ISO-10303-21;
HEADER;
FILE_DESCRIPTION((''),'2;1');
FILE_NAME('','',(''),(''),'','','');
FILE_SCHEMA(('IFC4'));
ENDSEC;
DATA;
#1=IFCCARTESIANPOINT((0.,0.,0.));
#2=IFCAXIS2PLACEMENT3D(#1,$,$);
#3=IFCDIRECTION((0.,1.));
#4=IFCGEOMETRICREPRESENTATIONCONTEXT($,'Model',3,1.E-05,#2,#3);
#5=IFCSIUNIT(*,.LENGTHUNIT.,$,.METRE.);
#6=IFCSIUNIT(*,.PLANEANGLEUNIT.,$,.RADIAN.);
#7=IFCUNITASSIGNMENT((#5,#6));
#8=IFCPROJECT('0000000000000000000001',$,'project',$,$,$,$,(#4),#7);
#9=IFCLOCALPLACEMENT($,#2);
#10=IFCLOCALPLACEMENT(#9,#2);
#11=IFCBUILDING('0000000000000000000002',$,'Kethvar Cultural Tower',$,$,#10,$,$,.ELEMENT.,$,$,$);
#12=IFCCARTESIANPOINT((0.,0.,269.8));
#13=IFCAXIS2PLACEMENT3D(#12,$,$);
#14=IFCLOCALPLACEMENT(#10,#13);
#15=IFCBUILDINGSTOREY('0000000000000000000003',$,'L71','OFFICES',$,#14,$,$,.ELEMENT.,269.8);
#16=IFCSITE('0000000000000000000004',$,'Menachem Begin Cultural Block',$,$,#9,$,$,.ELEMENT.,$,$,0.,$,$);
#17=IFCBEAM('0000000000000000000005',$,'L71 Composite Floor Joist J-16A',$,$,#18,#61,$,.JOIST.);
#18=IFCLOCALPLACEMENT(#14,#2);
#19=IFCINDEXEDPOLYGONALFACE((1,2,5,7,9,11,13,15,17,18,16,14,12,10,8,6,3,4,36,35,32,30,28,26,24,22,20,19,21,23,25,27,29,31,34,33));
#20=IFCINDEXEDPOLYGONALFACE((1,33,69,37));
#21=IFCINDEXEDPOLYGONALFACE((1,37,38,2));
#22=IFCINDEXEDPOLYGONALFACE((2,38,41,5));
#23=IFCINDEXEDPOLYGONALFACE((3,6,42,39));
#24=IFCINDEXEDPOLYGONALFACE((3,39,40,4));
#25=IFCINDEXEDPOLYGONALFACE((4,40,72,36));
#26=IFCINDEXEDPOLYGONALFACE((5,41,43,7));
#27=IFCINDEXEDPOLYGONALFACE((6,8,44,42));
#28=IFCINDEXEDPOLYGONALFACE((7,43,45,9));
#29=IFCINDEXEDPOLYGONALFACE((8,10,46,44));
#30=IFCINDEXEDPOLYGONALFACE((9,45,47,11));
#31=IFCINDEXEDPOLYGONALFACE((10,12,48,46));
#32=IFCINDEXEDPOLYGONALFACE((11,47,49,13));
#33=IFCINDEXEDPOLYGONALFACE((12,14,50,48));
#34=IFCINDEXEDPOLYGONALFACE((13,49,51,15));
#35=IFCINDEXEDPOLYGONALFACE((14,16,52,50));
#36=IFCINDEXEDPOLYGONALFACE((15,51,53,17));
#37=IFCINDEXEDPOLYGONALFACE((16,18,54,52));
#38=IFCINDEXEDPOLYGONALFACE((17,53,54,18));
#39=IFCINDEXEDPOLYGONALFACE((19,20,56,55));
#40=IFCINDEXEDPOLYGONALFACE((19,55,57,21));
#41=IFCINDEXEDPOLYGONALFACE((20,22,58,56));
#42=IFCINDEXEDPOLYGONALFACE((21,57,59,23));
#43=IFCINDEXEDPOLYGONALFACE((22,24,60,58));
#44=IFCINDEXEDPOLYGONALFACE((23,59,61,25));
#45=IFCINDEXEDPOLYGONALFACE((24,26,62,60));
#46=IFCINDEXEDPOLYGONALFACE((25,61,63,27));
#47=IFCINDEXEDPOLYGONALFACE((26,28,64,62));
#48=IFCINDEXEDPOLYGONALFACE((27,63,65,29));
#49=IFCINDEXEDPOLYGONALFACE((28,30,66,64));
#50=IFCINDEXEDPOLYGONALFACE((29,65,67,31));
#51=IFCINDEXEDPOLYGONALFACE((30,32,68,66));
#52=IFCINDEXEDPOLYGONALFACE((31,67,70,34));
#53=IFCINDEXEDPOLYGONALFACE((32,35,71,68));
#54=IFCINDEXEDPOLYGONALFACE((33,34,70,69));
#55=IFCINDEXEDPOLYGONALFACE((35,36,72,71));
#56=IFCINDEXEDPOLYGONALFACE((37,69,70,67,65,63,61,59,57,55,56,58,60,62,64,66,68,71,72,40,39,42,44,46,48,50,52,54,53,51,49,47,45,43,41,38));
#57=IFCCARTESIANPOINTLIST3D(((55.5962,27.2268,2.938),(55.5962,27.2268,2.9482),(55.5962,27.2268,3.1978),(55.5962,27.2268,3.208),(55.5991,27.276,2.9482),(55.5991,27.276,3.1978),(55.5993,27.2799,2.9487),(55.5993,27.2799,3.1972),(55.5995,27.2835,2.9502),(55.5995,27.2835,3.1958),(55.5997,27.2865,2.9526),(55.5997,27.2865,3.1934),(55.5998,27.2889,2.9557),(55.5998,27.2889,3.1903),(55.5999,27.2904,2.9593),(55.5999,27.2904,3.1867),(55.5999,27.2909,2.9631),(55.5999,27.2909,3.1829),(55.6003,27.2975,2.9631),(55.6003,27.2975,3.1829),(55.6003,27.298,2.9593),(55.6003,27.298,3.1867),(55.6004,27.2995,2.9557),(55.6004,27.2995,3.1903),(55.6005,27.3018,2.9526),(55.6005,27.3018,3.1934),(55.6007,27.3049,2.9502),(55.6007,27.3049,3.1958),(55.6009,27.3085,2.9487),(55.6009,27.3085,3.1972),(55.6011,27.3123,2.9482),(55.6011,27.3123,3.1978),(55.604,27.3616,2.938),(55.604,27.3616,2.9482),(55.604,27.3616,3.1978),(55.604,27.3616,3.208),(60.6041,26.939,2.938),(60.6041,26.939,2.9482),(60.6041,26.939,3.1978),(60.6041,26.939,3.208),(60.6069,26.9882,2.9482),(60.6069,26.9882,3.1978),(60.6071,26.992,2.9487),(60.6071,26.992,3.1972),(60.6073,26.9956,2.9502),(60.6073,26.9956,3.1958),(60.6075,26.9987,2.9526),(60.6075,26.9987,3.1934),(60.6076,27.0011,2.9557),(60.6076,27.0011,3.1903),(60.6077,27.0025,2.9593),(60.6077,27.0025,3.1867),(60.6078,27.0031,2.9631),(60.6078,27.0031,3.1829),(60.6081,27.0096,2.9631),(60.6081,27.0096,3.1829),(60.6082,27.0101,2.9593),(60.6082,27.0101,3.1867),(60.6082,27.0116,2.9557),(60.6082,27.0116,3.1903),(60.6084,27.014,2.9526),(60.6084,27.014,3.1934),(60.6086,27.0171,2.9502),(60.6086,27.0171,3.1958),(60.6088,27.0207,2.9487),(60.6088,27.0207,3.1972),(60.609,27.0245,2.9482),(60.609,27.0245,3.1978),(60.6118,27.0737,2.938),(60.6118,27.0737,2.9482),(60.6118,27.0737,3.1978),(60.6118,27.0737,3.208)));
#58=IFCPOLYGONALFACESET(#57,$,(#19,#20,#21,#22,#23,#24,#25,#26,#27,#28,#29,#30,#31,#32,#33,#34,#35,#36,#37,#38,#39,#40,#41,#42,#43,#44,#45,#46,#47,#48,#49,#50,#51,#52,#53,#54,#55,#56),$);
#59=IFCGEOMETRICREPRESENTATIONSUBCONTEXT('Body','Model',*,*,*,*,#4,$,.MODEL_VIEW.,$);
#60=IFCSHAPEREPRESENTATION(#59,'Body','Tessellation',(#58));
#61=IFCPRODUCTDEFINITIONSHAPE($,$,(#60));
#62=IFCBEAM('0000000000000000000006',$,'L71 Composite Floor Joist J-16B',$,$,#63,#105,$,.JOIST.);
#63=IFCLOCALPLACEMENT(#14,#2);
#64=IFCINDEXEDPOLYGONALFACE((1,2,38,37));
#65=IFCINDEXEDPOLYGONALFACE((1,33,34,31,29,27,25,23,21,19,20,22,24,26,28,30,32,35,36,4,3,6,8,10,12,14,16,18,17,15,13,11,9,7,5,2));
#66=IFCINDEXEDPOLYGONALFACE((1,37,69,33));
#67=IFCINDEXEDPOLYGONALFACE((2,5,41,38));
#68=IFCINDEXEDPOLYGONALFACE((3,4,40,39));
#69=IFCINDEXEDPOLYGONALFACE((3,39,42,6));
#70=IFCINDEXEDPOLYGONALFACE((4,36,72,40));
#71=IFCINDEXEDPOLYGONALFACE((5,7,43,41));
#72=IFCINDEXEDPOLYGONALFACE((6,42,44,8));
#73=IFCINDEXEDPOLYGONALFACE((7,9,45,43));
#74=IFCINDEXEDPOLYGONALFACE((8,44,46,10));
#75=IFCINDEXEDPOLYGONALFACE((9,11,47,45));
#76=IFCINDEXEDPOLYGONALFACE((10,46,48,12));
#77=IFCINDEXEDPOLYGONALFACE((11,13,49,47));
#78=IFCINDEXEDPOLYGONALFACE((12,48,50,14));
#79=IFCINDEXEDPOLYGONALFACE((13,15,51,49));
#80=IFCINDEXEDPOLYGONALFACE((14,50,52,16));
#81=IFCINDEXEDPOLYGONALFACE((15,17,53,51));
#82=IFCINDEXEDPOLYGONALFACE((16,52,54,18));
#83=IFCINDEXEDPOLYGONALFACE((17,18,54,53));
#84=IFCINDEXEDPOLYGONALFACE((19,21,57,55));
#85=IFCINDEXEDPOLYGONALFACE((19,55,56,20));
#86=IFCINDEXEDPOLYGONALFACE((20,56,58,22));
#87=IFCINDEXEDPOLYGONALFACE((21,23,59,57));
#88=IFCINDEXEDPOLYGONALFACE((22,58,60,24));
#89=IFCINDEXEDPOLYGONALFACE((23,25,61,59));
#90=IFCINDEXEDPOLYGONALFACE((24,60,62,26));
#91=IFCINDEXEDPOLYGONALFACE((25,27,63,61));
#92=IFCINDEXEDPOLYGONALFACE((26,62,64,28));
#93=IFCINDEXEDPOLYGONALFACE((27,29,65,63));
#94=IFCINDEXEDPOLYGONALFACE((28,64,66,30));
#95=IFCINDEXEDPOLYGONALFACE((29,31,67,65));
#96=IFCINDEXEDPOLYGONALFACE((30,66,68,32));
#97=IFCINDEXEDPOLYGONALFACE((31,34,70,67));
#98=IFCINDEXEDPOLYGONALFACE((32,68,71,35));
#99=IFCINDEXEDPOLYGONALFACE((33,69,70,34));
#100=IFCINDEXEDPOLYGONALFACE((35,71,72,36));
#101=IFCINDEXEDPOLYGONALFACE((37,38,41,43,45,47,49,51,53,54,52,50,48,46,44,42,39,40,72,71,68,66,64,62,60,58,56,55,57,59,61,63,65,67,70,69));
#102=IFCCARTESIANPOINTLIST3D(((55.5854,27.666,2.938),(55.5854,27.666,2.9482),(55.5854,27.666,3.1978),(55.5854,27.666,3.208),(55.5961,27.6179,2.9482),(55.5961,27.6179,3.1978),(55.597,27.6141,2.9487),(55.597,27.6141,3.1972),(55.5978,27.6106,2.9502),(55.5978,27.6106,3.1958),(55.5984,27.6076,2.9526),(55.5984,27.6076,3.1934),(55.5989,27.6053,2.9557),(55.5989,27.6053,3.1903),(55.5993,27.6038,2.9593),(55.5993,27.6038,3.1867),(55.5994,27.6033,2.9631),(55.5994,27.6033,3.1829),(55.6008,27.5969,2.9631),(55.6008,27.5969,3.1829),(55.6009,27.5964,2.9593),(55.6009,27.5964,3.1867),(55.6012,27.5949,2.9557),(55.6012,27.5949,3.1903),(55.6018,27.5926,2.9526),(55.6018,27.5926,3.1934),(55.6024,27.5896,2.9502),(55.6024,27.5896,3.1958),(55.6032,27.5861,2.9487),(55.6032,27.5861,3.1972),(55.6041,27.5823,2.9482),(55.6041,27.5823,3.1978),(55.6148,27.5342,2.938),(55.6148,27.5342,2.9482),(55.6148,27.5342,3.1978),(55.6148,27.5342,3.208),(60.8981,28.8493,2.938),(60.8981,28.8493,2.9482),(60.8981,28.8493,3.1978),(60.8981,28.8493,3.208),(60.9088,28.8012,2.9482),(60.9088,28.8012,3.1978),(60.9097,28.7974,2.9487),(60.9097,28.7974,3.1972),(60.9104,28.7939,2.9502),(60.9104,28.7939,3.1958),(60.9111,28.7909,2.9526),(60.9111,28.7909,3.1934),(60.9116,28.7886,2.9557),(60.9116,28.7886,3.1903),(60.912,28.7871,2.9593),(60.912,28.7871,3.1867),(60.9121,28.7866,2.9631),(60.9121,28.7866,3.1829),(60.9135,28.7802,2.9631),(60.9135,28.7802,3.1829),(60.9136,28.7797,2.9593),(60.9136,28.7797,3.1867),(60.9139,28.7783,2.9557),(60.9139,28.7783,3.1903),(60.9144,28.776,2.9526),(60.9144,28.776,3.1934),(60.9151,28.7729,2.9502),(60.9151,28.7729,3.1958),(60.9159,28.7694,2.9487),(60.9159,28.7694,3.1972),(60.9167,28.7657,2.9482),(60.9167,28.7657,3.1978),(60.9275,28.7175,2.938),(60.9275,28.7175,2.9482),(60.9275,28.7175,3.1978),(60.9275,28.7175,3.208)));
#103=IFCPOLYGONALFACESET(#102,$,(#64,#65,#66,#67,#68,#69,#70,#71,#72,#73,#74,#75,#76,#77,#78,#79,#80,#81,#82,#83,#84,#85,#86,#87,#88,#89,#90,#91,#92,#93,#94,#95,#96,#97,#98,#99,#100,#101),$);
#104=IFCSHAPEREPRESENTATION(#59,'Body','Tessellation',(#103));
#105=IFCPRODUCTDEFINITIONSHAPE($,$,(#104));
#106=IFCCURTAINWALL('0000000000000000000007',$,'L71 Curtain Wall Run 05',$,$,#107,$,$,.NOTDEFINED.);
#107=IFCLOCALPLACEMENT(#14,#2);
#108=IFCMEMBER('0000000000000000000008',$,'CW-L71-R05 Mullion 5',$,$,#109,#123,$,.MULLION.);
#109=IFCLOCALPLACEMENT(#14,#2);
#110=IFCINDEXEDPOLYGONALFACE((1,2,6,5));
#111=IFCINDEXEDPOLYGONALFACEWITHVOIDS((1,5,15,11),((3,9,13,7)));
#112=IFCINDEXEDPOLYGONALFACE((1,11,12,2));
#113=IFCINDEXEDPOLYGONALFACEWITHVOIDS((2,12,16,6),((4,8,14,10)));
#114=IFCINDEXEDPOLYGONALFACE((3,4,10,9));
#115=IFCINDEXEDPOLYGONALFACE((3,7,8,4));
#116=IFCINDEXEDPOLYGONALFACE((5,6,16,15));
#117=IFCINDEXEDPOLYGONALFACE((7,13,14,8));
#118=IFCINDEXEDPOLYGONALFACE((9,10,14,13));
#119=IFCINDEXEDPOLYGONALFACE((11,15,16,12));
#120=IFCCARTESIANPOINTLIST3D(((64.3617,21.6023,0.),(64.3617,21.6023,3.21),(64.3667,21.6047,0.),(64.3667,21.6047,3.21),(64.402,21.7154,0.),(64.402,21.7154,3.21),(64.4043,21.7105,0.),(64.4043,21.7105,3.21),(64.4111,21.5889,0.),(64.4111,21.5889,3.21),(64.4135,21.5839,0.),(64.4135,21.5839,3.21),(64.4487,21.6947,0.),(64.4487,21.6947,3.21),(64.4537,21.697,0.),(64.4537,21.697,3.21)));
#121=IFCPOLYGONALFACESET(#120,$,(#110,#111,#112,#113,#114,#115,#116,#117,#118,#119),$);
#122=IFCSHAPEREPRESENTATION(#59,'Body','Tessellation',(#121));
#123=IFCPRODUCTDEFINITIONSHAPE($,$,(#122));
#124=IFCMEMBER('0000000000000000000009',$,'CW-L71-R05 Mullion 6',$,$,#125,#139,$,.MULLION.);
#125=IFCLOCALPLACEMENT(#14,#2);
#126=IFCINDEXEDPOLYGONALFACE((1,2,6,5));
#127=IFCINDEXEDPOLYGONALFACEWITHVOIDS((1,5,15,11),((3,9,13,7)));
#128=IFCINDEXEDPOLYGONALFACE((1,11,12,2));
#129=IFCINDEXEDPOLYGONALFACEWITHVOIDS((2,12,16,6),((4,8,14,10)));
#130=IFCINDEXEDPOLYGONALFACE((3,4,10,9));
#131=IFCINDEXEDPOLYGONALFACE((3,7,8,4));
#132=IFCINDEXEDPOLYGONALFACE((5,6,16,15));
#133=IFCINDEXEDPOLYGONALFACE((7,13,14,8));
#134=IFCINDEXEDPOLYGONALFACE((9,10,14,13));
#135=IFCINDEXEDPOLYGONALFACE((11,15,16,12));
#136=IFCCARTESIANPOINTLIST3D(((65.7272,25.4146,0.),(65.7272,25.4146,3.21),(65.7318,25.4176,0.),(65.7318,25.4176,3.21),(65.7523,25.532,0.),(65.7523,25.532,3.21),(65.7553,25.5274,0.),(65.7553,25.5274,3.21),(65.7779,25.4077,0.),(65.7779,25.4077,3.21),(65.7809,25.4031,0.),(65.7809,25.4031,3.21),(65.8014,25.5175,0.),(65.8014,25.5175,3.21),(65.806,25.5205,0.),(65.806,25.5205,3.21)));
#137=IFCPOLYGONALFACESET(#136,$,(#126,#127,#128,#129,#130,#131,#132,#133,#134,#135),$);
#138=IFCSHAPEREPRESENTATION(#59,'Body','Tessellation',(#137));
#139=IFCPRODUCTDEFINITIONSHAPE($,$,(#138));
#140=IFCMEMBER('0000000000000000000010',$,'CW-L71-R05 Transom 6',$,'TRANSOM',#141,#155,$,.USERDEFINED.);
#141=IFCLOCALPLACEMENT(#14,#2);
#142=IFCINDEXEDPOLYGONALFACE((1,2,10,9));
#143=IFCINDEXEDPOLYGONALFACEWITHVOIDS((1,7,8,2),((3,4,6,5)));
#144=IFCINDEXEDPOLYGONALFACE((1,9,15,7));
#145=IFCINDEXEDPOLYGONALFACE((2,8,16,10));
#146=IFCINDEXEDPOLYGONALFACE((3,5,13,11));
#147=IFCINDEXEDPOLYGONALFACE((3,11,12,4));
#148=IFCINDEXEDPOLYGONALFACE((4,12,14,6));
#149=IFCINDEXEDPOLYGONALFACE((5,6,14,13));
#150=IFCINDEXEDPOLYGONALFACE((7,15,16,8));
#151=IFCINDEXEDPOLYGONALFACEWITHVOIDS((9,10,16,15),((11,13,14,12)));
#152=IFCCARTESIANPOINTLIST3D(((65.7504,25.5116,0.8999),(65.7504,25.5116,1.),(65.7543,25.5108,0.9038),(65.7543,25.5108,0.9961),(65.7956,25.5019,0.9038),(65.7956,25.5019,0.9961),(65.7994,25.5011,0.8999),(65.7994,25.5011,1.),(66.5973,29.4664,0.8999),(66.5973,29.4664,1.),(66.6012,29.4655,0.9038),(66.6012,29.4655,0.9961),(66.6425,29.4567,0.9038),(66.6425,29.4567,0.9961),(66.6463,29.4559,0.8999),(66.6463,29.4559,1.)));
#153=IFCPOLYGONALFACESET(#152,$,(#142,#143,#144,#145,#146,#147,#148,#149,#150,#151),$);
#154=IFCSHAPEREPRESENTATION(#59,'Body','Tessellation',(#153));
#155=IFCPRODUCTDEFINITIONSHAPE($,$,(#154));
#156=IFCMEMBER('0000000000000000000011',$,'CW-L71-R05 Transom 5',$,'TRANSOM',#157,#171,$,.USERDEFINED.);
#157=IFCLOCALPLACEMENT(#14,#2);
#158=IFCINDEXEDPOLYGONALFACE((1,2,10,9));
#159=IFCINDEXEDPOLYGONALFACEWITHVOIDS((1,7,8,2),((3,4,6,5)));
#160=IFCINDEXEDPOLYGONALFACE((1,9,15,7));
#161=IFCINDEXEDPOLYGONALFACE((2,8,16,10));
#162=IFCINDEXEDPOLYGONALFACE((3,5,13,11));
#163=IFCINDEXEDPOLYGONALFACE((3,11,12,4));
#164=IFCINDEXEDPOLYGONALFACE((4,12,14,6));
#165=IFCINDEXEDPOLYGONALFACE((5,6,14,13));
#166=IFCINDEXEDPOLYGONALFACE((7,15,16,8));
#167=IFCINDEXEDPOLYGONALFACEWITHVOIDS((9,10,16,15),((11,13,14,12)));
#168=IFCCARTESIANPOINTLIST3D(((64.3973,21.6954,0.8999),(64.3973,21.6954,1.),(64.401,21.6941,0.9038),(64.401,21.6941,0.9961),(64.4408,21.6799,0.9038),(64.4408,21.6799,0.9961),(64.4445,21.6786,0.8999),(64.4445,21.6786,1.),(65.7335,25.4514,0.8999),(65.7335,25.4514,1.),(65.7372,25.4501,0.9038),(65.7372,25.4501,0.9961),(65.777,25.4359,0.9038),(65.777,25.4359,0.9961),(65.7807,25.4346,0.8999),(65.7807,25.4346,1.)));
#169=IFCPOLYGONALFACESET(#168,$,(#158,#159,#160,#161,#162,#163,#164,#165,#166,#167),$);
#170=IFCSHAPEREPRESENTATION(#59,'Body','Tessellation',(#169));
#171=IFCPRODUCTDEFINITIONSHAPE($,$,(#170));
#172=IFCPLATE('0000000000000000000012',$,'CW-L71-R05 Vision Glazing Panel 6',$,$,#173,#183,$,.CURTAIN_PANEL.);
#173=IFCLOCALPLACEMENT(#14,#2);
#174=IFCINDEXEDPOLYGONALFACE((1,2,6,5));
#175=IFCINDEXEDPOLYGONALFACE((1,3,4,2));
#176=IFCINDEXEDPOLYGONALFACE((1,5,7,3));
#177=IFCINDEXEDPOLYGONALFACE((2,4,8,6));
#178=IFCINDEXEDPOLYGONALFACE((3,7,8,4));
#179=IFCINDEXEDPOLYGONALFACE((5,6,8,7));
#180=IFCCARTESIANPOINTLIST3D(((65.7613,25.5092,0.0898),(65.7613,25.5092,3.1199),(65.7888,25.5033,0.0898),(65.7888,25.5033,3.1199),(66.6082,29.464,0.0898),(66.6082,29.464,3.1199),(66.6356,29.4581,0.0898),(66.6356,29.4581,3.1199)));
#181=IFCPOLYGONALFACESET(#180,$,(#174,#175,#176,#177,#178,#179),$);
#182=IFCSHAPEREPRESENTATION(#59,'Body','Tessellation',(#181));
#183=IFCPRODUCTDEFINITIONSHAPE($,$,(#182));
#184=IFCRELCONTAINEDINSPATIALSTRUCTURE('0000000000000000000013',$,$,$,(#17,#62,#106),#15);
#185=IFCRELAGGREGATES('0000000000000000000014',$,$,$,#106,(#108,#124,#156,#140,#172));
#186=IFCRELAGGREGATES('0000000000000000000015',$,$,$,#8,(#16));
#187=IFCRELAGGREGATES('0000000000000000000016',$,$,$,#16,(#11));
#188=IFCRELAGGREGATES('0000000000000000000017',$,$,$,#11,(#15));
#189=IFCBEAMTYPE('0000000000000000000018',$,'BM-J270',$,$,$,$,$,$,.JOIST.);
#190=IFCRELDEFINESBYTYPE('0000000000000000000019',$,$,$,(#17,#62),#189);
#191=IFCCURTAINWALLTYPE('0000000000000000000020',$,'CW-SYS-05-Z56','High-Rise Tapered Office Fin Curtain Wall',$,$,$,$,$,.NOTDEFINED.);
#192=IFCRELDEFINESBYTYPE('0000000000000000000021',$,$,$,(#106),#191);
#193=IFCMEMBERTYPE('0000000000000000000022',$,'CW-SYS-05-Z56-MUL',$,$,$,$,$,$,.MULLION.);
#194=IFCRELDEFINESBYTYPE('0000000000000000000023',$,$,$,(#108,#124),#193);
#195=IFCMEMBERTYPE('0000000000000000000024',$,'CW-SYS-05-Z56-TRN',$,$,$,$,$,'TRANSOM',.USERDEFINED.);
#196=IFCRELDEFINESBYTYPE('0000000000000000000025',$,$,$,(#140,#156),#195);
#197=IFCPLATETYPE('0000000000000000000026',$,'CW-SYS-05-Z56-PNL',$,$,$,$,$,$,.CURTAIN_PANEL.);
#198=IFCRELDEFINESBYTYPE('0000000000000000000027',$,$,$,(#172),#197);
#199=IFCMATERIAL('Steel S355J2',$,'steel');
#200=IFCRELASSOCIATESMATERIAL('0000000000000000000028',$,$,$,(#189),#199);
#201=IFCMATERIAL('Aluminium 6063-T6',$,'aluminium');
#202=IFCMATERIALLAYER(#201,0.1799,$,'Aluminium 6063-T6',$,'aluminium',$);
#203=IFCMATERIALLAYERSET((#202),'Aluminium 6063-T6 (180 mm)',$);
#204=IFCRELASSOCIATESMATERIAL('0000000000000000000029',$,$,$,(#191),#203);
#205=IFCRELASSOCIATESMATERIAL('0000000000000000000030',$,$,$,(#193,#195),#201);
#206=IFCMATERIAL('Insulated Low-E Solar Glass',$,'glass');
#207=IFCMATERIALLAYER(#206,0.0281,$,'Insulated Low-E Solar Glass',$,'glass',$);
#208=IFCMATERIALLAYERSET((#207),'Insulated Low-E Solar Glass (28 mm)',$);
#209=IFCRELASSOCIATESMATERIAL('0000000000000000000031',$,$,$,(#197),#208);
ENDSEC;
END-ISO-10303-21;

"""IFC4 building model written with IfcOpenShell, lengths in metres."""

from ifc_helpers import new_model, si_unit, direction, frame, origin, origin_2d, place, context, subcontext, project, spatial, rectangle, hollow_rectangle, i_section, extrude, source, transform, mapped, material, layer, layer_set, material_profile, profile_set, type_object, element, aggregate, save


model = new_model("IFC4")

# Units and contexts
model_context = context("Model", 3, precision=1e-05, world=origin(), true_north=direction((0.0, 1.0)))
body_context = subcontext(model_context, "Body", "Model", "MODEL_VIEW")
ifc_project = project(units=[si_unit("LENGTHUNIT", "METRE"), si_unit("PLANEANGLEUNIT", "RADIAN")], contexts=[model_context])

# Site, building, storey
site_placement = place(None, origin())
site = spatial("IfcSite", under=ifc_project, at=site_placement, Name="Menachem Begin Cultural Block", CompositionType="ELEMENT", RefElevation=0.0)
building_placement = place(site_placement, origin())
building = spatial("IfcBuilding", under=site, at=building_placement, Name="Kethvar Cultural Tower", CompositionType="ELEMENT")
storey_placement = place(building_placement, frame((0.0, 0.0, 269.8)))
storey = spatial("IfcBuildingStorey", under=building, at=storey_placement, Name="L71", Description="OFFICES", CompositionType="ELEMENT", Elevation=269.8)

# Shared definitions
ifc_material_1 = material(Name="Steel S355J2", Category="steel")

# Beams
ifc_material_profile_1 = material_profile(ifc_material_1, i_section(OverallWidth=0.135, OverallDepth=0.27, WebThickness=0.0066, FlangeThickness=0.0103, FilletRadius=0.0149, at=origin_2d()), Name="Steel S355J2 — IPE270")
ifc_profile_set_1 = profile_set([ifc_material_profile_1], Name="Steel S355J2 — IPE270")
beam_type_1 = type_object("IfcBeamType", Name="BM-J270", PredefinedType="JOIST", material=ifc_profile_set_1)
shared_shape_1 = source(origin(), body_context, "Body", "SweptSolid", [
    extrude(i_section(OverallWidth=0.135, OverallDepth=0.27, WebThickness=0.0066, FlangeThickness=0.0103, FilletRadius=0.0149, at=origin_2d()), origin(), (0.0, 0.0, 1.0), 5.0161),
])
beam_1_placement = place(storey_placement, frame((55.6001, 27.2942, 3.073), z_axis=(0.998352, -0.057384, 0.0), x_axis=(0.057384, 0.998352, 0.0)))
element("IfcBeam", 1, at=beam_1_placement, inside=storey, type_object=beam_type_1, Name="L71 Composite Floor Joist J-16A", PredefinedType="JOIST", context=body_context, shape_type="MappedRepresentation", body=[
    mapped(shared_shape_1, transform((0.0, 0.0, 0.0), scale=1.0)),
])
shared_shape_2 = source(origin(), body_context, "Body", "SweptSolid", [
    extrude(i_section(OverallWidth=0.135, OverallDepth=0.27, WebThickness=0.0066, FlangeThickness=0.0103, FilletRadius=0.0149, at=origin_2d()), origin(), (0.0, 0.0, 1.0), 5.4429),
])
beam_2_placement = place(storey_placement, frame((55.6001, 27.6001, 3.073), z_axis=(0.97608, 0.21741, 0.0), x_axis=(-0.21741, 0.97608, 0.0)))
element("IfcBeam", 2, at=beam_2_placement, inside=storey, type_object=beam_type_1, Name="L71 Composite Floor Joist J-16B", PredefinedType="JOIST", context=body_context, shape_type="MappedRepresentation", body=[
    mapped(shared_shape_2, transform((0.0, 0.0, 0.0), scale=1.0)),
])

# Curtain wall, members, plate
ifc_material_2 = material(Name="Aluminium 6063-T6", Category="aluminium")
ifc_layer_1 = layer(ifc_material_2, 0.1799, Name="Aluminium 6063-T6", Category="aluminium")
ifc_layer_set_1 = layer_set([ifc_layer_1], Name="Aluminium 6063-T6 (180 mm)")
curtain_wall_type = type_object("IfcCurtainWallType", Name="CW-SYS-05-Z56", Description="High-Rise Tapered Office Fin Curtain Wall", PredefinedType="NOTDEFINED", material=ifc_layer_set_1)
curtain_wall_placement = place(storey_placement, origin())
curtain_wall = element("IfcCurtainWall", 3, at=curtain_wall_placement, inside=storey, type_object=curtain_wall_type, Name="L71 Curtain Wall Run 05", PredefinedType="NOTDEFINED")
ifc_material_profile_2 = material_profile(ifc_material_2, hollow_rectangle(XDim=0.0549, YDim=0.1201, WallThickness=0.0039, at=origin_2d()), Name="Aluminium 6063-T6 — RHS120x55x4")
ifc_profile_set_2 = profile_set([ifc_material_profile_2], Name="Aluminium 6063-T6 — RHS120x55x4")
member_type_1 = type_object("IfcMemberType", Name="CW-SYS-05-Z56-MUL", PredefinedType="MULLION", material=ifc_profile_set_2)
shared_shape_3 = source(origin(), body_context, "Body", "SweptSolid", [
    extrude(hollow_rectangle(XDim=0.0549, YDim=0.1201, WallThickness=0.0039, at=origin_2d()), origin(), (0.0, 0.0, 1.0), 3.21),
])
member_1_placement = place(storey_placement, frame((64.4077, 21.6497, 0.0), z_axis=(0.0, 0.0, 1.0), x_axis=(-0.942157, 0.335172, 0.0)))
member_1 = element("IfcMember", 4, at=member_1_placement, type_object=member_type_1, Name="CW-L71-R05 Mullion 5", PredefinedType="MULLION", context=body_context, shape_type="MappedRepresentation", body=[
    mapped(shared_shape_3, transform((0.0, 0.0, 0.0), scale=1.0)),
])
member_2_placement = place(storey_placement, frame((65.7666, 25.4675, 0.0), z_axis=(0.0, 0.0, 1.0), x_axis=(-0.977834, 0.20938, 0.0)))
member_2 = element("IfcMember", 5, at=member_2_placement, type_object=member_type_1, Name="CW-L71-R05 Mullion 6", PredefinedType="MULLION", context=body_context, shape_type="MappedRepresentation", body=[
    mapped(shared_shape_3, transform((0.0, 0.0, 0.0), scale=1.0)),
])
ifc_material_profile_3 = material_profile(ifc_material_2, hollow_rectangle(XDim=0.05, YDim=0.1001, WallThickness=0.0039, at=origin_2d()), Name="Aluminium 6063-T6 — RHS100x50x4")
ifc_profile_set_3 = profile_set([ifc_material_profile_3], Name="Aluminium 6063-T6 — RHS100x50x4")
member_type_2 = type_object("IfcMemberType", Name="CW-SYS-05-Z56-TRN", ElementType="TRANSOM", PredefinedType="USERDEFINED", material=ifc_profile_set_3)
shared_shape_4 = source(origin(), body_context, "Body", "SweptSolid", [
    extrude(hollow_rectangle(XDim=0.05, YDim=0.1001, WallThickness=0.0039, at=origin_2d()), origin(), (0.0, 0.0, 1.0), 4.0444),
])
member_3_placement = place(storey_placement, frame((65.7749, 25.5063, 0.95), z_axis=(0.209401, 0.97783, 0.0), x_axis=(-0.97783, 0.209401, 0.0)))
member_3 = element("IfcMember", 6, at=member_3_placement, type_object=member_type_2, Name="CW-L71-R05 Transom 6", ObjectType="TRANSOM", PredefinedType="USERDEFINED", context=body_context, shape_type="MappedRepresentation", body=[
    mapped(shared_shape_4, transform((0.0, 0.0, 0.0), scale=1.0)),
])
shared_shape_5 = source(origin(), body_context, "Body", "SweptSolid", [
    extrude(hollow_rectangle(XDim=0.05, YDim=0.1001, WallThickness=0.0039, at=origin_2d()), origin(), (0.0, 0.0, 1.0), 3.9866),
])
member_4_placement = place(storey_placement, frame((64.4209, 21.687, 0.95), z_axis=(0.33518, 0.942154, 0.0), x_axis=(-0.942154, 0.33518, 0.0)))
member_4 = element("IfcMember", 7, at=member_4_placement, type_object=member_type_2, Name="CW-L71-R05 Transom 5", ObjectType="TRANSOM", PredefinedType="USERDEFINED", context=body_context, shape_type="MappedRepresentation", body=[
    mapped(shared_shape_5, transform((0.0, 0.0, 0.0), scale=1.0)),
])
ifc_material_3 = material(Name="Insulated Low-E Solar Glass", Category="glass")
ifc_layer_2 = layer(ifc_material_3, 0.0281, Name="Insulated Low-E Solar Glass", Category="glass")
ifc_layer_set_2 = layer_set([ifc_layer_2], Name="Insulated Low-E Solar Glass (28 mm)")
plate_type = type_object("IfcPlateType", Name="CW-SYS-05-Z56-PNL", PredefinedType="CURTAIN_PANEL", material=ifc_layer_set_2)
shared_shape_6 = source(origin(), body_context, "Body", "SweptSolid", [
    extrude(rectangle(XDim=4.0444, YDim=0.0281, at=origin_2d()), origin(), (0.0, 0.0, 1.0), 3.03),
])
plate_1_placement = place(storey_placement, frame((66.1985, 27.4836, 0.0898), z_axis=(0.0, 0.0, 1.0), x_axis=(0.20938, 0.977834, 0.0)))
plate_1 = element("IfcPlate", 8, at=plate_1_placement, type_object=plate_type, Name="CW-L71-R05 Vision Glazing Panel 6", PredefinedType="CURTAIN_PANEL", context=body_context, shape_type="MappedRepresentation", body=[
    mapped(shared_shape_6, transform((0.0, 0.0, 0.0), scale=1.0)),
])
aggregate(curtain_wall, [member_1, member_2, member_4, member_3, plate_1])

save(model, "model.ifc")
